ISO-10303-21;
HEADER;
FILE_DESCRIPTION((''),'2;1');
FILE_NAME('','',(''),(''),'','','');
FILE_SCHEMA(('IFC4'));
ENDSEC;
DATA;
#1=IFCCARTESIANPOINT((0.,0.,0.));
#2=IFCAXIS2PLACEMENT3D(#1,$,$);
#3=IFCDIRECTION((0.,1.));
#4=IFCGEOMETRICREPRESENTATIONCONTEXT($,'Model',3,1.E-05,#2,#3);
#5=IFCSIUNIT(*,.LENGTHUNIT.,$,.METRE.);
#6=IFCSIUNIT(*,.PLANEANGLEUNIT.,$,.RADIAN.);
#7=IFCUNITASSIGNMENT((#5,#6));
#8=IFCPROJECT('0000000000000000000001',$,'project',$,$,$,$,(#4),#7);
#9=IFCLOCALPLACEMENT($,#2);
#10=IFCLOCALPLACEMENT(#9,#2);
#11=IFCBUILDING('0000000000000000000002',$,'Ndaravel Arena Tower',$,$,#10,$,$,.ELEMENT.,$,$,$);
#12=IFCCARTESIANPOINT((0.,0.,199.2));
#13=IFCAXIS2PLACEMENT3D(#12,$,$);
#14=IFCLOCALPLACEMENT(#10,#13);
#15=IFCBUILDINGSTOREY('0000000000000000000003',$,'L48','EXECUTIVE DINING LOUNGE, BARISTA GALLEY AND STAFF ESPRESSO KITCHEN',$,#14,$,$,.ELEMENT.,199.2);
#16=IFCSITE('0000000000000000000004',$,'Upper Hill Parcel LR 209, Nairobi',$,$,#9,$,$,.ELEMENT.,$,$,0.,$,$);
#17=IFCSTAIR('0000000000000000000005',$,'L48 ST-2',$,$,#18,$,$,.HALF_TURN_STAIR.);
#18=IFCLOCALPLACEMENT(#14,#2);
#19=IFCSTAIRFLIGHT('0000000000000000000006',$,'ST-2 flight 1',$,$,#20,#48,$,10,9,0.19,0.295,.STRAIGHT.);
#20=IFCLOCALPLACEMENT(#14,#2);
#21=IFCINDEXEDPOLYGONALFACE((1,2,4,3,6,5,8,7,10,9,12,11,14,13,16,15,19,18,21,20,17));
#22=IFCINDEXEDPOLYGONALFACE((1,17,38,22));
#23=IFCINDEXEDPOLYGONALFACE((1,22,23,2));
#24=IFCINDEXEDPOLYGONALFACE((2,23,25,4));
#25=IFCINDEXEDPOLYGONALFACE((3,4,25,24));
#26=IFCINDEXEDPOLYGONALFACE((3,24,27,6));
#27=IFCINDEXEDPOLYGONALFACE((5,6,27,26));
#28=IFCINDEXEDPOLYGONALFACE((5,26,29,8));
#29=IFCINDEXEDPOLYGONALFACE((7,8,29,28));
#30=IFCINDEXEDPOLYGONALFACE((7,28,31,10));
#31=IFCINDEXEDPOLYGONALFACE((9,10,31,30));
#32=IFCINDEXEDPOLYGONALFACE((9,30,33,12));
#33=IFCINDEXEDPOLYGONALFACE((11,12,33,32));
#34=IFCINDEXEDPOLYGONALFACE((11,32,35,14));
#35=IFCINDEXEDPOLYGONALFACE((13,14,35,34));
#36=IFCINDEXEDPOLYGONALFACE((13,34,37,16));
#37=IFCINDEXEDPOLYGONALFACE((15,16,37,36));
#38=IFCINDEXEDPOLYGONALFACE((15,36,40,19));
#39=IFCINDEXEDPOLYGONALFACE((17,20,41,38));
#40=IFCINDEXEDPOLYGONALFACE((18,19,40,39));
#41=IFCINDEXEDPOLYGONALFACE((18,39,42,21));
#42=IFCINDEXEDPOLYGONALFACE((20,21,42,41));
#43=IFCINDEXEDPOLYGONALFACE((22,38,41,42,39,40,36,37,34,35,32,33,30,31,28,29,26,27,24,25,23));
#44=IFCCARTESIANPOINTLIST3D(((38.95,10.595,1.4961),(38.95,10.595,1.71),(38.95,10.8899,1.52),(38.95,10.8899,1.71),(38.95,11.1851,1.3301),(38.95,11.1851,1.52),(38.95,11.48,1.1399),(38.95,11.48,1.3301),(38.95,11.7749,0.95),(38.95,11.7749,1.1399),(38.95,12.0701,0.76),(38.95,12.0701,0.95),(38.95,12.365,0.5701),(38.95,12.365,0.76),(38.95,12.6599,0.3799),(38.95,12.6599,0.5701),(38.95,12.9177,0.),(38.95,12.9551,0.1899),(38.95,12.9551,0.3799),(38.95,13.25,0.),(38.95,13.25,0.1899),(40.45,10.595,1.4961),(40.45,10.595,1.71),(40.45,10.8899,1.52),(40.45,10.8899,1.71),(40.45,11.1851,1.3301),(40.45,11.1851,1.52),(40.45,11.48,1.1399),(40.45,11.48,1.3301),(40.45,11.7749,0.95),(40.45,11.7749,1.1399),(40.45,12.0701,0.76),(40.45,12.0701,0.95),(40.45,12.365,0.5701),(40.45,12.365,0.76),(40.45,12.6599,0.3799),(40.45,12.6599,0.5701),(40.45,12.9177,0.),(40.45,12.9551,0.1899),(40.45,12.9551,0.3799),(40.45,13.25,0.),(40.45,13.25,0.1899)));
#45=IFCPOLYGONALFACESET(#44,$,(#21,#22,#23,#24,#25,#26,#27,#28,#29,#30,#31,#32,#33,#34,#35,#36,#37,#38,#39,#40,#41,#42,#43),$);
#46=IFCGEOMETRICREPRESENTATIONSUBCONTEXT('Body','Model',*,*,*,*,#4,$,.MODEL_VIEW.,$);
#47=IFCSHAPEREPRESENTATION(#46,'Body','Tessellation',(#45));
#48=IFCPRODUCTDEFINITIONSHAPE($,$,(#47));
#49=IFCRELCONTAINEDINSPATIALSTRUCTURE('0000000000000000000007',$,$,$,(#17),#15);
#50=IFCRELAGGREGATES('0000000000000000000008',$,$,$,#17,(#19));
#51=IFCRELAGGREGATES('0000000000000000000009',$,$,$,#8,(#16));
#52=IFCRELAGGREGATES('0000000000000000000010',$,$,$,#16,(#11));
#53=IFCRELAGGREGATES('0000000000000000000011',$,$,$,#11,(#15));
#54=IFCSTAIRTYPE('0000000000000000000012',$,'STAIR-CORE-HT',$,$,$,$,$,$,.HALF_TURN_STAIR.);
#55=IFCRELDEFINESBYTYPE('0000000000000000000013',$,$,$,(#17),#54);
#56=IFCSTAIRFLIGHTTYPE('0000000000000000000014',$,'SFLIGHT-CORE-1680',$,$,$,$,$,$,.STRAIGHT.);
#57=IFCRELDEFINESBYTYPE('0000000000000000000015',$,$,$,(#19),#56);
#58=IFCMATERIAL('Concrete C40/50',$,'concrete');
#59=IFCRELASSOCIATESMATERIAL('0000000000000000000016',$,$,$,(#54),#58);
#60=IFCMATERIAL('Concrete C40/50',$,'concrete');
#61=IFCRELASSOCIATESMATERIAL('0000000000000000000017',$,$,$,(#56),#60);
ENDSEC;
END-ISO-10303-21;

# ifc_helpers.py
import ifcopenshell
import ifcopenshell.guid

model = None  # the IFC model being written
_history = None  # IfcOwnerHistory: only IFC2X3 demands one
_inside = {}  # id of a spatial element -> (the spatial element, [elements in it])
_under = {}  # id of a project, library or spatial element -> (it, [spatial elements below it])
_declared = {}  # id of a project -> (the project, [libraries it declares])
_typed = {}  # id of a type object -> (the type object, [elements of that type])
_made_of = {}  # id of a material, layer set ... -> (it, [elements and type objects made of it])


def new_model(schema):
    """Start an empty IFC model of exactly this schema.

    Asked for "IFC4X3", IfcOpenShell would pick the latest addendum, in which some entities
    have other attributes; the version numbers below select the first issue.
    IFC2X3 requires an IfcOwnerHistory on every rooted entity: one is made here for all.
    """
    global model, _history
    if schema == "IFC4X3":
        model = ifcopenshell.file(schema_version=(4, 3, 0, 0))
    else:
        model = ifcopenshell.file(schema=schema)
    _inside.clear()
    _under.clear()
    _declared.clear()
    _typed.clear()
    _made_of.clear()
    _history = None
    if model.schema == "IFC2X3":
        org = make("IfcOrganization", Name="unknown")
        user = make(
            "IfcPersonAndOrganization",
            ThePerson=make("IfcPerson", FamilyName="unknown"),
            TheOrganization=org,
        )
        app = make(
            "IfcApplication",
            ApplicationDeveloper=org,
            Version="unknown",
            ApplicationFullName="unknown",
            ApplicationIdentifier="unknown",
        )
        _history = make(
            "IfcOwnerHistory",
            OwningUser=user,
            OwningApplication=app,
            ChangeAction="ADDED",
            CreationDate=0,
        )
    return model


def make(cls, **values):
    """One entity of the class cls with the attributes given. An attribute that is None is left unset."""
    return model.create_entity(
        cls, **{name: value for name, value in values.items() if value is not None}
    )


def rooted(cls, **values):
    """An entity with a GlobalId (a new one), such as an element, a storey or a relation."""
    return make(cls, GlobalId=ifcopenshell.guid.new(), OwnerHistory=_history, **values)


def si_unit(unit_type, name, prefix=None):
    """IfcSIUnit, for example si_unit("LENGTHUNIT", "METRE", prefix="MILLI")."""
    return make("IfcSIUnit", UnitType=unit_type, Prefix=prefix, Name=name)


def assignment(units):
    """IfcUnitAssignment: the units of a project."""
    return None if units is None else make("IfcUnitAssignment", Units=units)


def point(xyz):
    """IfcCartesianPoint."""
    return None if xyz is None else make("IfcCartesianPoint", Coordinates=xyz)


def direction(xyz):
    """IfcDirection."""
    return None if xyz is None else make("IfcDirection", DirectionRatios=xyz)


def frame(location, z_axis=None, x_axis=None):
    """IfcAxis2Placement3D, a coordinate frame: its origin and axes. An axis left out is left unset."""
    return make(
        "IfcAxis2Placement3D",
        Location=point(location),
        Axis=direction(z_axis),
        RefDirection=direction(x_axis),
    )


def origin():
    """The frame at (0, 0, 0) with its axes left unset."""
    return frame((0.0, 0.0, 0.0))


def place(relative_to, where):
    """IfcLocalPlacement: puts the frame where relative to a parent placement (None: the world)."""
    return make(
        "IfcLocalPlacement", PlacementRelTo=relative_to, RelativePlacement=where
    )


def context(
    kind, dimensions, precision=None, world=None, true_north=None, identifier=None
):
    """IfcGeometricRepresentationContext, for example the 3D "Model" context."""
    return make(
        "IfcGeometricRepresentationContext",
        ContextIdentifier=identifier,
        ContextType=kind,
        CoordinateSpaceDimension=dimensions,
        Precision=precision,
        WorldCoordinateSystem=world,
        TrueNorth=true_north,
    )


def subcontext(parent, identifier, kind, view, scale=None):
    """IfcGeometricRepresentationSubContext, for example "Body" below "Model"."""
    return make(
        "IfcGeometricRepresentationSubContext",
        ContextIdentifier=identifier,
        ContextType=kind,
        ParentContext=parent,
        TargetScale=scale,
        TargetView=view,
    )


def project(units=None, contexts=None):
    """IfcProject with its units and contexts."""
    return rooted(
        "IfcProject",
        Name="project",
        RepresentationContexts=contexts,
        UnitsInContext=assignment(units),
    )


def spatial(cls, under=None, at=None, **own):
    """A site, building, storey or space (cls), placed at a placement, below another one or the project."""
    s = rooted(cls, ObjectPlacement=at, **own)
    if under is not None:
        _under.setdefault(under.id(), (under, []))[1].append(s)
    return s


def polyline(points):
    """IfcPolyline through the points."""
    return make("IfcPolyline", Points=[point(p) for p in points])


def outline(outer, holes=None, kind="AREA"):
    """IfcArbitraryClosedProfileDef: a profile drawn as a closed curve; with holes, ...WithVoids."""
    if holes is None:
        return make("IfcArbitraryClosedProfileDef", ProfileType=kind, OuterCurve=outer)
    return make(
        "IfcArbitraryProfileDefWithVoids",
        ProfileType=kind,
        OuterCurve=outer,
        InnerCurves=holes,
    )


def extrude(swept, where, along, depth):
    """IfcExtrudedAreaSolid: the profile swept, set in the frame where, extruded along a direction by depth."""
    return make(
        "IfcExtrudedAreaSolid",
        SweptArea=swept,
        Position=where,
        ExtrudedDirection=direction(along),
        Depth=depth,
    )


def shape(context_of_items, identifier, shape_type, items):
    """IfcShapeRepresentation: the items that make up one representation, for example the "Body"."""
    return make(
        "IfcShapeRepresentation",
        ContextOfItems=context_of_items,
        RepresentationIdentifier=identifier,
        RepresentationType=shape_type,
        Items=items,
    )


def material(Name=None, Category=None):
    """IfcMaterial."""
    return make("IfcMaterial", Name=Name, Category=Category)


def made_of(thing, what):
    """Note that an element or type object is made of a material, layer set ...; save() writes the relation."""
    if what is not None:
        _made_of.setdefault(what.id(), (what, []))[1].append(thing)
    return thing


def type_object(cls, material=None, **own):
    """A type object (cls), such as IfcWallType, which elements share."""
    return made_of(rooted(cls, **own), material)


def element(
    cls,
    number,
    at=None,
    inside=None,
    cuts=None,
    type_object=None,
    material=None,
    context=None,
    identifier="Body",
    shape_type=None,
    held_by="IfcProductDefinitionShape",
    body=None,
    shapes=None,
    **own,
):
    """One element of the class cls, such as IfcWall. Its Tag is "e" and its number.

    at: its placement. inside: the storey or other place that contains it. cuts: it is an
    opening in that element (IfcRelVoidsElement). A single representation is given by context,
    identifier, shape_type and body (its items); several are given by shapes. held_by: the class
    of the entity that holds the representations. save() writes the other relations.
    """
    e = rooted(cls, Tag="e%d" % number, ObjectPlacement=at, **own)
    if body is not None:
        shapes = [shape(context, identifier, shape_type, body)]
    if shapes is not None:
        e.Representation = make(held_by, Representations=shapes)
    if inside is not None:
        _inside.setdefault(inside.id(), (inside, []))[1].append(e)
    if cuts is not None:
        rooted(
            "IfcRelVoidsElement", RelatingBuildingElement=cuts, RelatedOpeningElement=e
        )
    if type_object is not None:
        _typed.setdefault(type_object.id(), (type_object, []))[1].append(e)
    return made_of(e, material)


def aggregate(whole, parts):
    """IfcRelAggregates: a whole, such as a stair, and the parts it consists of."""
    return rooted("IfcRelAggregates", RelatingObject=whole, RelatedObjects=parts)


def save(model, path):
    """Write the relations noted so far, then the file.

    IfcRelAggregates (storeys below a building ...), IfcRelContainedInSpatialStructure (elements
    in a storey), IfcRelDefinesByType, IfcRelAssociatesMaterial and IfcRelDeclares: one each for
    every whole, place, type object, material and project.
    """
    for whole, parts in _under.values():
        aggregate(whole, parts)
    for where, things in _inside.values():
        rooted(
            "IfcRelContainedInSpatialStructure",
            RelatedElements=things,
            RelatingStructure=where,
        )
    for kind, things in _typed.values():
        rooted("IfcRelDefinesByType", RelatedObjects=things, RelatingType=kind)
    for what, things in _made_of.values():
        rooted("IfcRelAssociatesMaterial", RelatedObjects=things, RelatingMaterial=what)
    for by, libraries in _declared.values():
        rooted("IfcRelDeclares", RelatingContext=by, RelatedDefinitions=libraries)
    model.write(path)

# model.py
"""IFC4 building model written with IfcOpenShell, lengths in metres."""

from ifc_helpers import new_model, si_unit, direction, frame, origin, place, context, subcontext, project, spatial, polyline, outline, extrude, material, type_object, element, aggregate, save


model = new_model("IFC4")

# Units and contexts
model_context = context("Model", 3, precision=1e-05, world=origin(), true_north=direction((0.0, 1.0)))
body_context = subcontext(model_context, "Body", "Model", "MODEL_VIEW")
ifc_project = project(units=[si_unit("LENGTHUNIT", "METRE"), si_unit("PLANEANGLEUNIT", "RADIAN")], contexts=[model_context])

# Site, building, storey
site_placement = place(None, origin())
site = spatial("IfcSite", under=ifc_project, at=site_placement, Name="Upper Hill Parcel LR 209, Nairobi", CompositionType="ELEMENT", RefElevation=0.0)
building_placement = place(site_placement, origin())
building = spatial("IfcBuilding", under=site, at=building_placement, Name="Ndaravel Arena Tower", CompositionType="ELEMENT")
storey_placement = place(building_placement, frame((0.0, 0.0, 199.2)))
storey = spatial("IfcBuildingStorey", under=building, at=storey_placement, Name="L48", Description="EXECUTIVE DINING LOUNGE, BARISTA GALLEY AND STAFF ESPRESSO KITCHEN", CompositionType="ELEMENT", Elevation=199.2)

# Stair, stair flight
ifc_material_1 = material(Name="Concrete C40/50", Category="concrete")
stair_type = type_object("IfcStairType", Name="STAIR-CORE-HT", PredefinedType="HALF_TURN_STAIR", material=ifc_material_1)
stair_placement = place(storey_placement, origin())
stair = element("IfcStair", 1, at=stair_placement, inside=storey, type_object=stair_type, Name="L48 ST-2", PredefinedType="HALF_TURN_STAIR")
ifc_material_2 = material(Name="Concrete C40/50", Category="concrete")
stair_flight_type = type_object("IfcStairFlightType", Name="SFLIGHT-CORE-1680", PredefinedType="STRAIGHT", material=ifc_material_2)
stair_flight_placement = place(storey_placement, frame((39.7, 13.25, 0.0), z_axis=(0.0, 0.0, 1.0), x_axis=(0.0, -1.0, 0.0)))
stair_flight = element("IfcStairFlight", 2, at=stair_flight_placement, type_object=stair_flight_type, Name="ST-2 flight 1", NumberOfRisers=10, NumberOfTreads=9, PredefinedType="STRAIGHT", RiserHeight=0.19, TreadLength=0.295, context=body_context, shape_type="SweptSolid", body=[
    extrude(outline(polyline([(0.0, 0.0), (0.0, 0.1899), (0.2949, 0.1899), (0.2949, 0.3799), (0.5901, 0.3799), (0.5901, 0.5701), (0.885, 0.5701), (0.885, 0.76), (1.1799, 0.76), (1.1799, 0.95), (1.4751, 0.95), (1.4751, 1.1399), (1.77, 1.1399), (1.77, 1.3301), (2.0649, 1.3301), (2.0649, 1.52), (2.3601, 1.52), (2.3601, 1.71), (2.655, 1.71), (2.655, 1.8999), (2.655, 1.4961), (0.3323, 0.0), (0.0, 0.0)])), frame((0.0, 0.75, 0.0), z_axis=(0.0, -1.0, 0.0), x_axis=(1.0, 0.0, 0.0)), (0.0, 0.0, 1.0), 1.5),
])
aggregate(stair, [stair_flight])

save(model, "model.ifc")
